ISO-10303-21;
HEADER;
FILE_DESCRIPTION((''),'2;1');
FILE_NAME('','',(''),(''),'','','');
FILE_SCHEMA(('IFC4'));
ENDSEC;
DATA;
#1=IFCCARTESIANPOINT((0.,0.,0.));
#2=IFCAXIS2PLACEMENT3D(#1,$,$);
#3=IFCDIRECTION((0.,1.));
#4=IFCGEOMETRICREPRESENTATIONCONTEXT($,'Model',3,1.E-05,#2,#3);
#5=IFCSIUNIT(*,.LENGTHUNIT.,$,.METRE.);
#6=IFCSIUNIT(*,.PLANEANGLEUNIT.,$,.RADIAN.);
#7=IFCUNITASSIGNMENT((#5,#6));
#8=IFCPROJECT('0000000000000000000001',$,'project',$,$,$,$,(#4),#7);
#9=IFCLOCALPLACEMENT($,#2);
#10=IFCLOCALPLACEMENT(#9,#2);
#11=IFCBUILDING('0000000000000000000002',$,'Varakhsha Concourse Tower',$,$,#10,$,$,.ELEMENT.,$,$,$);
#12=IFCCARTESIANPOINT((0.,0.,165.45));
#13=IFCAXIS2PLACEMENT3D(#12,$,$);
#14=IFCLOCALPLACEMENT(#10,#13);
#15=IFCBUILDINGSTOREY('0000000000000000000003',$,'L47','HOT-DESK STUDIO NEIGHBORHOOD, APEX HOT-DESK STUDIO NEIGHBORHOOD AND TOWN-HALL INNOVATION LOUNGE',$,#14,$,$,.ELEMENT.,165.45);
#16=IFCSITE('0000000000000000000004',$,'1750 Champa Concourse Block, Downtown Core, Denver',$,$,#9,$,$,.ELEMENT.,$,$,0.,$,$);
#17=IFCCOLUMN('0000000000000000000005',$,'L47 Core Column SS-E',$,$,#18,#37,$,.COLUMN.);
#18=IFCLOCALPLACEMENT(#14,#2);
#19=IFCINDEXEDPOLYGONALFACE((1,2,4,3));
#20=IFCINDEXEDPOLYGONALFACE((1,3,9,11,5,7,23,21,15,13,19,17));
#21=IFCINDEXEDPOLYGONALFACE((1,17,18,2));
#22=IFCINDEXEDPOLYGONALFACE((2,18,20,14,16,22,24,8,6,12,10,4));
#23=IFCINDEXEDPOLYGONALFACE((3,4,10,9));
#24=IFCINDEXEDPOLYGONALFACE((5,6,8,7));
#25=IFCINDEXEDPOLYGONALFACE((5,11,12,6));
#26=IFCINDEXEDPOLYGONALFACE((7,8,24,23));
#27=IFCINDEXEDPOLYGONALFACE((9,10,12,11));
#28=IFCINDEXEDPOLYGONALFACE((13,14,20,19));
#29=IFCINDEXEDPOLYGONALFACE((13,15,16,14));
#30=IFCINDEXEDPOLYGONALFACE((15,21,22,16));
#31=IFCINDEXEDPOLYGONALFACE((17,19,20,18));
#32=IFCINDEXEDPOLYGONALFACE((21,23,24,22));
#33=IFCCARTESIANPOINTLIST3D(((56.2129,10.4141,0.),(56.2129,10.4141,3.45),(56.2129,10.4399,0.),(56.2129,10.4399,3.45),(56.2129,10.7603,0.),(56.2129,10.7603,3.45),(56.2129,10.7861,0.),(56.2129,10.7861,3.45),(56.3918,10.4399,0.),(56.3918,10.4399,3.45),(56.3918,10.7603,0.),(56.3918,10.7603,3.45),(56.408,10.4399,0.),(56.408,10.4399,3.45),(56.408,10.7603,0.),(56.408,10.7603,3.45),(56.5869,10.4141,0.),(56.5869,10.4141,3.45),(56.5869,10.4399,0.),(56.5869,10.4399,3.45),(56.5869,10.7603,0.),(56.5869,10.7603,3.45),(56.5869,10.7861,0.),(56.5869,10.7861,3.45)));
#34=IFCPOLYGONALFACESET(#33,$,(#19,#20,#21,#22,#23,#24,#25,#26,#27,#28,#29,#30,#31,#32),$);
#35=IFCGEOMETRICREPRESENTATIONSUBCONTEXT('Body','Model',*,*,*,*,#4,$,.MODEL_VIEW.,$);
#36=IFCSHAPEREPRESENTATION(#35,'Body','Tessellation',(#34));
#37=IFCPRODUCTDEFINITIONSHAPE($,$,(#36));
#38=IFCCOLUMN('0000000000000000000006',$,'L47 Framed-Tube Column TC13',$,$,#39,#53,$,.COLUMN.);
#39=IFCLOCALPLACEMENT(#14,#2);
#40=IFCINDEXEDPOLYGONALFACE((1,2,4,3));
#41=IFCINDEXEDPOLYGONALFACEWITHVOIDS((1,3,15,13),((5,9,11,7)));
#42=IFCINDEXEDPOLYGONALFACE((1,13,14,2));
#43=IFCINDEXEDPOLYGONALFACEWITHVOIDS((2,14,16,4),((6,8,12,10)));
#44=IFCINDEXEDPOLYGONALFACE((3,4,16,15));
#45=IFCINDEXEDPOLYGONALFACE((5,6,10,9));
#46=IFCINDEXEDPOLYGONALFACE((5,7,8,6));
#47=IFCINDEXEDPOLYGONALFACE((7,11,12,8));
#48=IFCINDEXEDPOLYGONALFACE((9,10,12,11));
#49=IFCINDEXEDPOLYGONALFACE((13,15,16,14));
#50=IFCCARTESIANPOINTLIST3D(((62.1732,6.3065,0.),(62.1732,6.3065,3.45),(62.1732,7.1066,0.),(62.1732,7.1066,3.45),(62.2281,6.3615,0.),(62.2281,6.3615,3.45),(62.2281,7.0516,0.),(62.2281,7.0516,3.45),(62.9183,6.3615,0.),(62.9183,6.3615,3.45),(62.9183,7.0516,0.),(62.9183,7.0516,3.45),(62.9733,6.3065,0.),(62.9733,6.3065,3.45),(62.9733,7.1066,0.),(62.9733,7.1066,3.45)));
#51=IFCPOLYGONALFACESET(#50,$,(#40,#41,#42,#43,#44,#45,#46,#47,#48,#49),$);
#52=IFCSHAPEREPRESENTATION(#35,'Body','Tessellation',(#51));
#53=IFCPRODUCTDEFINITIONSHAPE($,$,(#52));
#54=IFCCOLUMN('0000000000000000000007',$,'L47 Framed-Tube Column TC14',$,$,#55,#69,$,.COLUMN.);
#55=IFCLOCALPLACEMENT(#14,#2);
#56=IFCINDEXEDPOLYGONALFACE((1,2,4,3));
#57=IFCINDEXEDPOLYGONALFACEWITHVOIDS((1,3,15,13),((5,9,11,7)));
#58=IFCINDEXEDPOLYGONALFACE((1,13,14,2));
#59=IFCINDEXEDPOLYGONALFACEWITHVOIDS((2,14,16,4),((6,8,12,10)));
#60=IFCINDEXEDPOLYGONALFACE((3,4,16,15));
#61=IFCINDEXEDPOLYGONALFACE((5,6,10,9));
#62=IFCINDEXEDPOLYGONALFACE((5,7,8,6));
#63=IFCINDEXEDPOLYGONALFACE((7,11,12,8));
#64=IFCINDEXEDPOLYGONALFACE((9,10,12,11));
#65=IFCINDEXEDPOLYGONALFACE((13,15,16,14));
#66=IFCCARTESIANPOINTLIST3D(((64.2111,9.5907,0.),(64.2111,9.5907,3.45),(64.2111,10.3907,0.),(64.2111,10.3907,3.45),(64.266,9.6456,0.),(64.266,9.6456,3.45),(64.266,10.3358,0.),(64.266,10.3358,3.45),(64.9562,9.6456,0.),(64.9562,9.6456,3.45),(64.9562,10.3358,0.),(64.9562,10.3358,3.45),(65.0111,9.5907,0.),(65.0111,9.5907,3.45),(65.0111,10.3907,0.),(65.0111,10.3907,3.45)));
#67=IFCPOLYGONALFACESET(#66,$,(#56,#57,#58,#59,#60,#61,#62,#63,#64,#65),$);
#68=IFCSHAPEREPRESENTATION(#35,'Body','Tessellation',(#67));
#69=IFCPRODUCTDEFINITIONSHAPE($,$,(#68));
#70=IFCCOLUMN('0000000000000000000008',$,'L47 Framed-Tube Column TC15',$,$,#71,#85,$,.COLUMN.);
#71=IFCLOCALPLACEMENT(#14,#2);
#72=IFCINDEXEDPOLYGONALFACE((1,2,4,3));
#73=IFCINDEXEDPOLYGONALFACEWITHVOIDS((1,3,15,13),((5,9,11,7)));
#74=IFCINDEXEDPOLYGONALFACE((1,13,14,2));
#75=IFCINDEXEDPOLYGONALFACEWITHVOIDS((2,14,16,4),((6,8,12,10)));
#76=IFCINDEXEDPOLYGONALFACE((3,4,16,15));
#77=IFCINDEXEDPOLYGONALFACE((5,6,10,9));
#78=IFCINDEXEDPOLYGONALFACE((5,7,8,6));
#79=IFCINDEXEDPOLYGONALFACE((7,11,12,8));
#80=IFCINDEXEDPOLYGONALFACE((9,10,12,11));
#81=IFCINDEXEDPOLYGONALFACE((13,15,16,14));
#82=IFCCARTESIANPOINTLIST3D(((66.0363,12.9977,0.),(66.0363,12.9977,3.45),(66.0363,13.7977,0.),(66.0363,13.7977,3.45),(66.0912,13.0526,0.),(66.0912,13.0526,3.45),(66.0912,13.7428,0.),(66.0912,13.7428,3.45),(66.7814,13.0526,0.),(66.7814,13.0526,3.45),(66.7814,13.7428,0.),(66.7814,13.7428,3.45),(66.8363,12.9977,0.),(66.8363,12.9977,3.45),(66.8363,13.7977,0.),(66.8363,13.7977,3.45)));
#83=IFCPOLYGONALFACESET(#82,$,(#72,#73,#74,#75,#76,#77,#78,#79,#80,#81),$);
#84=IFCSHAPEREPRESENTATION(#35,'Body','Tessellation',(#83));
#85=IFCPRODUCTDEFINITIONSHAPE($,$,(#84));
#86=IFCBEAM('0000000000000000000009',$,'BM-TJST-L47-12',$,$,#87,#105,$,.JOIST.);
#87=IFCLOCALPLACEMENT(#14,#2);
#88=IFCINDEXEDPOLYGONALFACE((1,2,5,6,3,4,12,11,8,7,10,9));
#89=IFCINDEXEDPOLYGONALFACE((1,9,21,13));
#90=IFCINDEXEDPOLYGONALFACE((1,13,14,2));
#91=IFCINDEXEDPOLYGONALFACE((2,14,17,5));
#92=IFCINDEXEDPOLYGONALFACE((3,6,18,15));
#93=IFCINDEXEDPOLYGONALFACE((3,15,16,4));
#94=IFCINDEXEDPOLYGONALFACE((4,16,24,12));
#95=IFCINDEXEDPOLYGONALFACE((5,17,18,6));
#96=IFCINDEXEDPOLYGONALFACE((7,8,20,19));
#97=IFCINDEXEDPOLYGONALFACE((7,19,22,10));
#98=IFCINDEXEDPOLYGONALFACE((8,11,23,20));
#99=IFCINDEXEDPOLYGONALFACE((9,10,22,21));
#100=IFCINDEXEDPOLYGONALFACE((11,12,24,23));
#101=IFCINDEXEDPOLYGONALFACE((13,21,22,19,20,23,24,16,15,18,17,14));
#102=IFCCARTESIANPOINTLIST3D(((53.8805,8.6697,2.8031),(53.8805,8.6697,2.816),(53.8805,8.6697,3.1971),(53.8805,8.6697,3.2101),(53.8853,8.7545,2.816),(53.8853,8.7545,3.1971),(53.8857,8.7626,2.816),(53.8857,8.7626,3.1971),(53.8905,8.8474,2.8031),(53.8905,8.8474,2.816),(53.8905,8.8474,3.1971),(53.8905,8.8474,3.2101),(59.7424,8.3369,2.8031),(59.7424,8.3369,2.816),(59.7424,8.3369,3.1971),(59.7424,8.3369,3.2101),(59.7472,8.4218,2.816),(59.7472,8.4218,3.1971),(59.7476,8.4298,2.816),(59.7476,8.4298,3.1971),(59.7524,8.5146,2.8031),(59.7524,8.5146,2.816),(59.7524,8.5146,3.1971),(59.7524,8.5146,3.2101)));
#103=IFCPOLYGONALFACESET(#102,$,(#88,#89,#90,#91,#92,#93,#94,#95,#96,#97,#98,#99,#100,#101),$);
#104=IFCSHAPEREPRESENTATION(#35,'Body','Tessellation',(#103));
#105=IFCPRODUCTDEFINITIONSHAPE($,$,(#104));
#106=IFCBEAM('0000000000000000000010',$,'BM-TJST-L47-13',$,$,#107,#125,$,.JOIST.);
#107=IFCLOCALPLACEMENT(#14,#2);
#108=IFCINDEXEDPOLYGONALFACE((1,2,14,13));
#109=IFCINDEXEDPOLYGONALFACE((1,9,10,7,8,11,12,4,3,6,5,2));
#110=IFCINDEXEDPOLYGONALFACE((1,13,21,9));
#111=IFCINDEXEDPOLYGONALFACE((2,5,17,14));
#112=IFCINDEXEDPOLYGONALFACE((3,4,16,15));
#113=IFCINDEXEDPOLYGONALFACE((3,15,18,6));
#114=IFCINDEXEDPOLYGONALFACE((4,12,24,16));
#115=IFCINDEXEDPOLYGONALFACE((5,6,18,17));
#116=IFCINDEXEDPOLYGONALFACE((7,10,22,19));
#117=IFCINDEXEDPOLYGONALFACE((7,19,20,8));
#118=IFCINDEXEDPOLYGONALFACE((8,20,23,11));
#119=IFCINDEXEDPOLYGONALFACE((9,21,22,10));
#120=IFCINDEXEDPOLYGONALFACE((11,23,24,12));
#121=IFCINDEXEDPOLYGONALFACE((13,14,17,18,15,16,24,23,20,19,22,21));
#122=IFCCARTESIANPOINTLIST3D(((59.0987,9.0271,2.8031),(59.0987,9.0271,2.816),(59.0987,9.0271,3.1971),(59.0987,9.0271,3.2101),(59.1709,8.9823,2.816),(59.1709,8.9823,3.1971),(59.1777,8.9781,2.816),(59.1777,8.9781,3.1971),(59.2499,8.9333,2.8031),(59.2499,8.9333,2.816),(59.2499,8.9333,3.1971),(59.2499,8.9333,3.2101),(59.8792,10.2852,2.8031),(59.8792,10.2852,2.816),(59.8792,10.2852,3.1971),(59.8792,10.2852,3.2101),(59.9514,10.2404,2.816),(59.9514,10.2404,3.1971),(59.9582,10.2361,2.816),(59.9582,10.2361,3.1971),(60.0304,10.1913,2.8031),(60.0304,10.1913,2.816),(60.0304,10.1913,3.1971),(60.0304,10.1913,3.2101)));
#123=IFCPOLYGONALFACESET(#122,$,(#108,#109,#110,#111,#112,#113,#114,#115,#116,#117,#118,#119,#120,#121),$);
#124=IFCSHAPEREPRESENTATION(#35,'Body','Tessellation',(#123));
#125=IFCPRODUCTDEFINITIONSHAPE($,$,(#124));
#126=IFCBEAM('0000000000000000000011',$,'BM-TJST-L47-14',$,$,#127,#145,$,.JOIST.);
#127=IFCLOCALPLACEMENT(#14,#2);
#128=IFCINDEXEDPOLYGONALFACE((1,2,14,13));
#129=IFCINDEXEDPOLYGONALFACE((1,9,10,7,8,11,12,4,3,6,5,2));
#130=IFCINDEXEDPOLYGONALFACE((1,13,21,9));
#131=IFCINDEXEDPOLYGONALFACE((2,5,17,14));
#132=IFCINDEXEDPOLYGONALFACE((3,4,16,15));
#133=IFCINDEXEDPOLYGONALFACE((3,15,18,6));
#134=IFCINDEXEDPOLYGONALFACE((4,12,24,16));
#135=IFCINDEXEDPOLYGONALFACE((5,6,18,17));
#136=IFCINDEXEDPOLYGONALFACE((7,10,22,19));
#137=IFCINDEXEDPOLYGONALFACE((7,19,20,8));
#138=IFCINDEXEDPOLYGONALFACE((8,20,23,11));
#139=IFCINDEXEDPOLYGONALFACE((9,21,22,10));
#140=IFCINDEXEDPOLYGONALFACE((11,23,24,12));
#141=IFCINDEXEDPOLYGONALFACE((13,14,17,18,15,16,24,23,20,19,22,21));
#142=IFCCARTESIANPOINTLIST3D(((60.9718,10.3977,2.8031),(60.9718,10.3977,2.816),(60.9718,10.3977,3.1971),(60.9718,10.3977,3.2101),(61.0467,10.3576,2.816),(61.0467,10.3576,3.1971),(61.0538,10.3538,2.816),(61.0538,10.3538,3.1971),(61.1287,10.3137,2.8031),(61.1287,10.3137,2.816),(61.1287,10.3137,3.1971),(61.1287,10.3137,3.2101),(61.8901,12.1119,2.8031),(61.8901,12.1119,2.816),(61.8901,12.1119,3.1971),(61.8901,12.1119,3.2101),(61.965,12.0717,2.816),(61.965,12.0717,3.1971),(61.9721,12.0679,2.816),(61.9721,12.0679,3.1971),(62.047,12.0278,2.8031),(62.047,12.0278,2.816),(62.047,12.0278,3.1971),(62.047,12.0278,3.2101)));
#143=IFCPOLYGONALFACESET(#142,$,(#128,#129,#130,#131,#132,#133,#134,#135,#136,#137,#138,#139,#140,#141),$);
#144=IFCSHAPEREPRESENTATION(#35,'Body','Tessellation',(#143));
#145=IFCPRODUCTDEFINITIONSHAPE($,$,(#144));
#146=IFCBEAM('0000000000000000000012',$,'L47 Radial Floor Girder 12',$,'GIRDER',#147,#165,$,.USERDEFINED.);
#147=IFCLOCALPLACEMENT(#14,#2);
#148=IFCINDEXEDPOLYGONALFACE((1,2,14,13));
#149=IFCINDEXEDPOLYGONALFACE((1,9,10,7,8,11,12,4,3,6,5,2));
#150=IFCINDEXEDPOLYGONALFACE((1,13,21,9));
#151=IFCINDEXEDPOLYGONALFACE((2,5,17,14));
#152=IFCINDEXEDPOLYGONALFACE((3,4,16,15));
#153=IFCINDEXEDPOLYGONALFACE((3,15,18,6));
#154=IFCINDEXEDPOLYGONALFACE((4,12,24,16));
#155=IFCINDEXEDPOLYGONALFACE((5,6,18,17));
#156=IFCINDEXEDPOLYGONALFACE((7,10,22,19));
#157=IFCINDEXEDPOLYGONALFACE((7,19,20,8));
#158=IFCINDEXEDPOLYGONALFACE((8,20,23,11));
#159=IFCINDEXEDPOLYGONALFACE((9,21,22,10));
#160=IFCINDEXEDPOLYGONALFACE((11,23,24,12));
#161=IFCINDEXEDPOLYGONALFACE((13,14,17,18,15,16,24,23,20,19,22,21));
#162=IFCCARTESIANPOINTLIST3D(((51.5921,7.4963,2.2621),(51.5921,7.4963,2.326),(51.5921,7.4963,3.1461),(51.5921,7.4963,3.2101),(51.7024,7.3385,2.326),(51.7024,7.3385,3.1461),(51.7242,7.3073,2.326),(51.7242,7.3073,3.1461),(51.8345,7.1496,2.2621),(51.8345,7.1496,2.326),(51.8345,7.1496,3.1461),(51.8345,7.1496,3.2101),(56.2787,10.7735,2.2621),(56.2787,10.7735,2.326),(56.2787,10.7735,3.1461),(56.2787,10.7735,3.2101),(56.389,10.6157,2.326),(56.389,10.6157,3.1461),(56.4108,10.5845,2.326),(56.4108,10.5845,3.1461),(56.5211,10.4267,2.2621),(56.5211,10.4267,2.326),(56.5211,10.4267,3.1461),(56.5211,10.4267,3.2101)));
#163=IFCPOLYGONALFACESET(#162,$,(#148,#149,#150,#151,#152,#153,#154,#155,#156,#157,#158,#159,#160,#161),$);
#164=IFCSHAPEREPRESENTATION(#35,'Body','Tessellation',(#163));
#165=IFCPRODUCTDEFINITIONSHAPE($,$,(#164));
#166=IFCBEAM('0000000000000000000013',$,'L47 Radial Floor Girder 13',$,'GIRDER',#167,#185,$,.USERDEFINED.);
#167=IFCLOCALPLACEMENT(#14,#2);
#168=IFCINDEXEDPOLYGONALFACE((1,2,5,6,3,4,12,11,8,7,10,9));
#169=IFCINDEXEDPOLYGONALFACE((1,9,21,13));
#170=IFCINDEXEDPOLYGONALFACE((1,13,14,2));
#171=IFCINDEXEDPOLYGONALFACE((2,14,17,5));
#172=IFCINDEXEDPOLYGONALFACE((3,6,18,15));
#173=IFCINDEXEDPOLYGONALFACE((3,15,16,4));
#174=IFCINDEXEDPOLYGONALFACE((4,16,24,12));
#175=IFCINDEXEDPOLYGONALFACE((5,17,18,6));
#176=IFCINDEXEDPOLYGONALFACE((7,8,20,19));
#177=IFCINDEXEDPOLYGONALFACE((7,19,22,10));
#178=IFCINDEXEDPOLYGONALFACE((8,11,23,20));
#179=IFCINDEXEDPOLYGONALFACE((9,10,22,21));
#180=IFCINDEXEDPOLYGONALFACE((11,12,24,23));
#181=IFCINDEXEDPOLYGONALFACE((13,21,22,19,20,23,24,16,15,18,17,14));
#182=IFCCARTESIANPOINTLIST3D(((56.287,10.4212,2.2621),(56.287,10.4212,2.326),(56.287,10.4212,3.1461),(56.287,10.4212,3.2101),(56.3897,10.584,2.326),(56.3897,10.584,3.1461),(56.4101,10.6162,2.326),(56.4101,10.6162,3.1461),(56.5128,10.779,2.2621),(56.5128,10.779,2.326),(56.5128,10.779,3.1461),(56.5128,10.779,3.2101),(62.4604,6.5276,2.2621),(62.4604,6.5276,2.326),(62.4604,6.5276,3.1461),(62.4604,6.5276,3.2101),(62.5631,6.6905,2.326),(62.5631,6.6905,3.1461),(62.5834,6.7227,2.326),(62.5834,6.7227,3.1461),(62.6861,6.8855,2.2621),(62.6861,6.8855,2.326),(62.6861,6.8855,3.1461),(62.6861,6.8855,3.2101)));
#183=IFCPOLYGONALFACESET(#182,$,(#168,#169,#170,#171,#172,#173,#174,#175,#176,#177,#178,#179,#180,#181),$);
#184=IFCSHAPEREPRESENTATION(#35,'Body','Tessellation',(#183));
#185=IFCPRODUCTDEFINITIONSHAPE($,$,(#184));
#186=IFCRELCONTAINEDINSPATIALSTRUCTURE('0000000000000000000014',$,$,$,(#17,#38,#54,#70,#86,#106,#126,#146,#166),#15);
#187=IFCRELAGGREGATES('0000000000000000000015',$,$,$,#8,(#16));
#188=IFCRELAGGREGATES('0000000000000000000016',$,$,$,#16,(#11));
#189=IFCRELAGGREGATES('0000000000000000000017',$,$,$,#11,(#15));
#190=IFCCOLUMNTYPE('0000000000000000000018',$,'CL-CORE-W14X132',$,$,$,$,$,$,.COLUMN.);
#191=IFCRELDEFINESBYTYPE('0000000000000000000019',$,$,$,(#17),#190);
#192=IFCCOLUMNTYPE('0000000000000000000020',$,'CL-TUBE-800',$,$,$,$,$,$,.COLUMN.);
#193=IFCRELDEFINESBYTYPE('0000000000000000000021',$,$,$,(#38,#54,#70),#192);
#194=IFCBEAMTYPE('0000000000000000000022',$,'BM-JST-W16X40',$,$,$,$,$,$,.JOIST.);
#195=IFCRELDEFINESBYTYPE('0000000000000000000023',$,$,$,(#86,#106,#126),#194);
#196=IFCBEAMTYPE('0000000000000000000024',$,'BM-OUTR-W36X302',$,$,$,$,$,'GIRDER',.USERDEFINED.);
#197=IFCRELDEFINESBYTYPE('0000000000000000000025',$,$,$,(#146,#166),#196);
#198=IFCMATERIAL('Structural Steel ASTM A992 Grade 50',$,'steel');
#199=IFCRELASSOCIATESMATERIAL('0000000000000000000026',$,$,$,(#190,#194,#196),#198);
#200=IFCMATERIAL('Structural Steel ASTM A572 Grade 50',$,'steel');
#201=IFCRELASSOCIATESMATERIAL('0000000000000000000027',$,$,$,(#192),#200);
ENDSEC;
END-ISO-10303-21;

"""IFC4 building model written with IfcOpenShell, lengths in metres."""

from ifc_helpers import new_model, si_unit, direction, frame, origin, origin_2d, place, context, subcontext, project, spatial, hollow_rectangle, i_section, extrude, material, material_profile, profile_set, type_object, element, save


model = new_model("IFC4")

# Units and contexts
model_context = context("Model", 3, precision=1e-05, world=origin(), true_north=direction((0.0, 1.0)))
body_context = subcontext(model_context, "Body", "Model", "MODEL_VIEW")
ifc_project = project(units=[si_unit("LENGTHUNIT", "METRE"), si_unit("PLANEANGLEUNIT", "RADIAN")], contexts=[model_context])

# Site, building, storey
site_placement = place(None, origin())
site = spatial("IfcSite", under=ifc_project, at=site_placement, Name="1750 Champa Concourse Block, Downtown Core, Denver", CompositionType="ELEMENT", RefElevation=0.0)
building_placement = place(site_placement, origin())
building = spatial("IfcBuilding", under=site, at=building_placement, Name="Varakhsha Concourse Tower", CompositionType="ELEMENT")
storey_placement = place(building_placement, frame((0.0, 0.0, 165.45)))
storey = spatial("IfcBuildingStorey", under=building, at=storey_placement, Name="L47", Description="HOT-DESK STUDIO NEIGHBORHOOD, APEX HOT-DESK STUDIO NEIGHBORHOOD AND TOWN-HALL INNOVATION LOUNGE", CompositionType="ELEMENT", Elevation=165.45)

# Columns
ifc_material_1 = material(Name="Structural Steel ASTM A992 Grade 50", Category="steel")
ifc_material_profile_1 = material_profile(ifc_material_1, i_section(OverallWidth=0.374, OverallDepth=0.3721, WebThickness=0.0161, FlangeThickness=0.0259, at=origin_2d()), Name="W14X132")
ifc_profile_set_1 = profile_set([ifc_material_profile_1], Name="Structural Steel ASTM A992 Grade 50")
column_type_1 = type_object("IfcColumnType", Name="CL-CORE-W14X132", PredefinedType="COLUMN", material=ifc_profile_set_1)
column_placement = place(storey_placement, frame((56.3999, 10.6001, 0.0), z_axis=(0.0, 0.0, 1.0), x_axis=(1.0, 0.0, 0.0)))
element("IfcColumn", 1, at=column_placement, inside=storey, type_object=column_type_1, Name="L47 Core Column SS-E", PredefinedType="COLUMN", context=body_context, shape_type="SweptSolid", body=[
    extrude(i_section(OverallWidth=0.374, OverallDepth=0.3721, WebThickness=0.0161, FlangeThickness=0.0259, at=origin_2d()), origin(), (0.0, 0.0, 1.0), 3.45),
])
ifc_material_2 = material(Name="Structural Steel ASTM A572 Grade 50", Category="steel")
ifc_material_profile_2 = material_profile(ifc_material_2, hollow_rectangle(XDim=0.8, YDim=0.8, WallThickness=0.0549, at=origin_2d()), Name="BOX 800x800x55")
ifc_profile_set_2 = profile_set([ifc_material_profile_2], Name="Structural Steel ASTM A572 Grade 50")
column_type_2 = type_object("IfcColumnType", Name="CL-TUBE-800", PredefinedType="COLUMN", material=ifc_profile_set_2)
for number, where, z_axis, x_axis, name in (
    (2, (62.5732, 6.7065, 0.0), (0.0, 0.0, 1.0), (1.0, 0.0, 0.0), "L47 Framed-Tube Column TC13"),
    (3, (64.6111, 9.9907, 0.0), (0.0, 0.0, 1.0), (1.0, 0.0, 0.0), "L47 Framed-Tube Column TC14"),
    (4, (66.4363, 13.3977, 0.0), (0.0, 0.0, 1.0), (1.0, 0.0, 0.0), "L47 Framed-Tube Column TC15"),
):
    element("IfcColumn", number, at=place(storey_placement, frame(where, z_axis=z_axis, x_axis=x_axis)), inside=storey, type_object=column_type_2, Name=name, PredefinedType="COLUMN", context=body_context, shape_type="SweptSolid", body=[
        extrude(hollow_rectangle(XDim=0.8, YDim=0.8, WallThickness=0.0549, at=origin_2d()), origin(), (0.0, 0.0, 1.0), 3.45),
    ])

# Beams
ifc_material_profile_3 = material_profile(ifc_material_1, i_section(OverallWidth=0.178, OverallDepth=0.407, WebThickness=0.0081, FlangeThickness=0.0129, at=origin_2d()), Name="W16X40")
ifc_profile_set_3 = profile_set([ifc_material_profile_3], Name="Structural Steel ASTM A992 Grade 50")
beam_type_1 = type_object("IfcBeamType", Name="BM-JST-W16X40", PredefinedType="JOIST", material=ifc_profile_set_3)
beam_1_placement = place(storey_placement, frame((53.8855, 8.7585, 3.0066), z_axis=(0.998393, -0.056677, 0.0), x_axis=(0.056677, 0.998393, 0.0)))
element("IfcBeam", 5, at=beam_1_placement, inside=storey, type_object=beam_type_1, Name="BM-TJST-L47-12", PredefinedType="JOIST", context=body_context, shape_type="SweptSolid", body=[
    extrude(i_section(OverallWidth=0.178, OverallDepth=0.407, WebThickness=0.0081, FlangeThickness=0.0129, at=origin_2d()), origin(), (0.0, 0.0, 1.0), 5.8713),
])
beam_2_placement = place(storey_placement, frame((59.1743, 8.9802, 3.0066), z_axis=(0.527195, 0.849745, 0.0), x_axis=(-0.849745, 0.527195, 0.0)))
element("IfcBeam", 6, at=beam_2_placement, inside=storey, type_object=beam_type_1, Name="BM-TJST-L47-13", PredefinedType="JOIST", context=body_context, shape_type="SweptSolid", body=[
    extrude(i_section(OverallWidth=0.178, OverallDepth=0.407, WebThickness=0.0081, FlangeThickness=0.0129, at=origin_2d()), origin(), (0.0, 0.0, 1.0), 1.4805),
])
beam_3_placement = place(storey_placement, frame((61.0503, 10.3557, 3.0066), z_axis=(0.472197, 0.881493, 0.0), x_axis=(-0.881493, 0.472197, 0.0)))
element("IfcBeam", 7, at=beam_3_placement, inside=storey, type_object=beam_type_1, Name="BM-TJST-L47-14", PredefinedType="JOIST", context=body_context, shape_type="SweptSolid", body=[
    extrude(i_section(OverallWidth=0.178, OverallDepth=0.407, WebThickness=0.0081, FlangeThickness=0.0129, at=origin_2d()), origin(), (0.0, 0.0, 1.0), 1.9446),
])
ifc_material_profile_4 = material_profile(ifc_material_1, i_section(OverallWidth=0.4231, OverallDepth=0.948, WebThickness=0.0381, FlangeThickness=0.064, at=origin_2d()), Name="W36X302")
ifc_profile_set_4 = profile_set([ifc_material_profile_4], Name="Structural Steel ASTM A992 Grade 50")
beam_type_2 = type_object("IfcBeamType", Name="BM-OUTR-W36X302", ElementType="GIRDER", PredefinedType="USERDEFINED", material=ifc_profile_set_4)
beam_4_placement = place(storey_placement, frame((56.3999, 10.6001, 2.7361), z_axis=(-0.819517, -0.573055, 0.0), x_axis=(0.573055, -0.819517, 0.0)))
element("IfcBeam", 8, at=beam_4_placement, inside=storey, type_object=beam_type_2, Name="L47 Radial Floor Girder 12", ObjectType="GIRDER", PredefinedType="USERDEFINED", context=body_context, shape_type="SweptSolid", body=[
    extrude(i_section(OverallWidth=0.4231, OverallDepth=0.948, WebThickness=0.0381, FlangeThickness=0.064, at=origin_2d()), origin(), (0.0, 0.0, 1.0), 5.7188),
])
beam_5_placement = place(storey_placement, frame((56.3999, 10.6001, 2.7361), z_axis=(0.845823, -0.533464, 0.0), x_axis=(0.533464, 0.845823, 0.0)))
element("IfcBeam", 9, at=beam_5_placement, inside=storey, type_object=beam_type_2, Name="L47 Radial Floor Girder 13", ObjectType="GIRDER", PredefinedType="USERDEFINED", context=body_context, shape_type="SweptSolid", body=[
    extrude(i_section(OverallWidth=0.4231, OverallDepth=0.948, WebThickness=0.0381, FlangeThickness=0.064, at=origin_2d()), origin(), (0.0, 0.0, 1.0), 7.2986),
])

save(model, "model.ifc")
